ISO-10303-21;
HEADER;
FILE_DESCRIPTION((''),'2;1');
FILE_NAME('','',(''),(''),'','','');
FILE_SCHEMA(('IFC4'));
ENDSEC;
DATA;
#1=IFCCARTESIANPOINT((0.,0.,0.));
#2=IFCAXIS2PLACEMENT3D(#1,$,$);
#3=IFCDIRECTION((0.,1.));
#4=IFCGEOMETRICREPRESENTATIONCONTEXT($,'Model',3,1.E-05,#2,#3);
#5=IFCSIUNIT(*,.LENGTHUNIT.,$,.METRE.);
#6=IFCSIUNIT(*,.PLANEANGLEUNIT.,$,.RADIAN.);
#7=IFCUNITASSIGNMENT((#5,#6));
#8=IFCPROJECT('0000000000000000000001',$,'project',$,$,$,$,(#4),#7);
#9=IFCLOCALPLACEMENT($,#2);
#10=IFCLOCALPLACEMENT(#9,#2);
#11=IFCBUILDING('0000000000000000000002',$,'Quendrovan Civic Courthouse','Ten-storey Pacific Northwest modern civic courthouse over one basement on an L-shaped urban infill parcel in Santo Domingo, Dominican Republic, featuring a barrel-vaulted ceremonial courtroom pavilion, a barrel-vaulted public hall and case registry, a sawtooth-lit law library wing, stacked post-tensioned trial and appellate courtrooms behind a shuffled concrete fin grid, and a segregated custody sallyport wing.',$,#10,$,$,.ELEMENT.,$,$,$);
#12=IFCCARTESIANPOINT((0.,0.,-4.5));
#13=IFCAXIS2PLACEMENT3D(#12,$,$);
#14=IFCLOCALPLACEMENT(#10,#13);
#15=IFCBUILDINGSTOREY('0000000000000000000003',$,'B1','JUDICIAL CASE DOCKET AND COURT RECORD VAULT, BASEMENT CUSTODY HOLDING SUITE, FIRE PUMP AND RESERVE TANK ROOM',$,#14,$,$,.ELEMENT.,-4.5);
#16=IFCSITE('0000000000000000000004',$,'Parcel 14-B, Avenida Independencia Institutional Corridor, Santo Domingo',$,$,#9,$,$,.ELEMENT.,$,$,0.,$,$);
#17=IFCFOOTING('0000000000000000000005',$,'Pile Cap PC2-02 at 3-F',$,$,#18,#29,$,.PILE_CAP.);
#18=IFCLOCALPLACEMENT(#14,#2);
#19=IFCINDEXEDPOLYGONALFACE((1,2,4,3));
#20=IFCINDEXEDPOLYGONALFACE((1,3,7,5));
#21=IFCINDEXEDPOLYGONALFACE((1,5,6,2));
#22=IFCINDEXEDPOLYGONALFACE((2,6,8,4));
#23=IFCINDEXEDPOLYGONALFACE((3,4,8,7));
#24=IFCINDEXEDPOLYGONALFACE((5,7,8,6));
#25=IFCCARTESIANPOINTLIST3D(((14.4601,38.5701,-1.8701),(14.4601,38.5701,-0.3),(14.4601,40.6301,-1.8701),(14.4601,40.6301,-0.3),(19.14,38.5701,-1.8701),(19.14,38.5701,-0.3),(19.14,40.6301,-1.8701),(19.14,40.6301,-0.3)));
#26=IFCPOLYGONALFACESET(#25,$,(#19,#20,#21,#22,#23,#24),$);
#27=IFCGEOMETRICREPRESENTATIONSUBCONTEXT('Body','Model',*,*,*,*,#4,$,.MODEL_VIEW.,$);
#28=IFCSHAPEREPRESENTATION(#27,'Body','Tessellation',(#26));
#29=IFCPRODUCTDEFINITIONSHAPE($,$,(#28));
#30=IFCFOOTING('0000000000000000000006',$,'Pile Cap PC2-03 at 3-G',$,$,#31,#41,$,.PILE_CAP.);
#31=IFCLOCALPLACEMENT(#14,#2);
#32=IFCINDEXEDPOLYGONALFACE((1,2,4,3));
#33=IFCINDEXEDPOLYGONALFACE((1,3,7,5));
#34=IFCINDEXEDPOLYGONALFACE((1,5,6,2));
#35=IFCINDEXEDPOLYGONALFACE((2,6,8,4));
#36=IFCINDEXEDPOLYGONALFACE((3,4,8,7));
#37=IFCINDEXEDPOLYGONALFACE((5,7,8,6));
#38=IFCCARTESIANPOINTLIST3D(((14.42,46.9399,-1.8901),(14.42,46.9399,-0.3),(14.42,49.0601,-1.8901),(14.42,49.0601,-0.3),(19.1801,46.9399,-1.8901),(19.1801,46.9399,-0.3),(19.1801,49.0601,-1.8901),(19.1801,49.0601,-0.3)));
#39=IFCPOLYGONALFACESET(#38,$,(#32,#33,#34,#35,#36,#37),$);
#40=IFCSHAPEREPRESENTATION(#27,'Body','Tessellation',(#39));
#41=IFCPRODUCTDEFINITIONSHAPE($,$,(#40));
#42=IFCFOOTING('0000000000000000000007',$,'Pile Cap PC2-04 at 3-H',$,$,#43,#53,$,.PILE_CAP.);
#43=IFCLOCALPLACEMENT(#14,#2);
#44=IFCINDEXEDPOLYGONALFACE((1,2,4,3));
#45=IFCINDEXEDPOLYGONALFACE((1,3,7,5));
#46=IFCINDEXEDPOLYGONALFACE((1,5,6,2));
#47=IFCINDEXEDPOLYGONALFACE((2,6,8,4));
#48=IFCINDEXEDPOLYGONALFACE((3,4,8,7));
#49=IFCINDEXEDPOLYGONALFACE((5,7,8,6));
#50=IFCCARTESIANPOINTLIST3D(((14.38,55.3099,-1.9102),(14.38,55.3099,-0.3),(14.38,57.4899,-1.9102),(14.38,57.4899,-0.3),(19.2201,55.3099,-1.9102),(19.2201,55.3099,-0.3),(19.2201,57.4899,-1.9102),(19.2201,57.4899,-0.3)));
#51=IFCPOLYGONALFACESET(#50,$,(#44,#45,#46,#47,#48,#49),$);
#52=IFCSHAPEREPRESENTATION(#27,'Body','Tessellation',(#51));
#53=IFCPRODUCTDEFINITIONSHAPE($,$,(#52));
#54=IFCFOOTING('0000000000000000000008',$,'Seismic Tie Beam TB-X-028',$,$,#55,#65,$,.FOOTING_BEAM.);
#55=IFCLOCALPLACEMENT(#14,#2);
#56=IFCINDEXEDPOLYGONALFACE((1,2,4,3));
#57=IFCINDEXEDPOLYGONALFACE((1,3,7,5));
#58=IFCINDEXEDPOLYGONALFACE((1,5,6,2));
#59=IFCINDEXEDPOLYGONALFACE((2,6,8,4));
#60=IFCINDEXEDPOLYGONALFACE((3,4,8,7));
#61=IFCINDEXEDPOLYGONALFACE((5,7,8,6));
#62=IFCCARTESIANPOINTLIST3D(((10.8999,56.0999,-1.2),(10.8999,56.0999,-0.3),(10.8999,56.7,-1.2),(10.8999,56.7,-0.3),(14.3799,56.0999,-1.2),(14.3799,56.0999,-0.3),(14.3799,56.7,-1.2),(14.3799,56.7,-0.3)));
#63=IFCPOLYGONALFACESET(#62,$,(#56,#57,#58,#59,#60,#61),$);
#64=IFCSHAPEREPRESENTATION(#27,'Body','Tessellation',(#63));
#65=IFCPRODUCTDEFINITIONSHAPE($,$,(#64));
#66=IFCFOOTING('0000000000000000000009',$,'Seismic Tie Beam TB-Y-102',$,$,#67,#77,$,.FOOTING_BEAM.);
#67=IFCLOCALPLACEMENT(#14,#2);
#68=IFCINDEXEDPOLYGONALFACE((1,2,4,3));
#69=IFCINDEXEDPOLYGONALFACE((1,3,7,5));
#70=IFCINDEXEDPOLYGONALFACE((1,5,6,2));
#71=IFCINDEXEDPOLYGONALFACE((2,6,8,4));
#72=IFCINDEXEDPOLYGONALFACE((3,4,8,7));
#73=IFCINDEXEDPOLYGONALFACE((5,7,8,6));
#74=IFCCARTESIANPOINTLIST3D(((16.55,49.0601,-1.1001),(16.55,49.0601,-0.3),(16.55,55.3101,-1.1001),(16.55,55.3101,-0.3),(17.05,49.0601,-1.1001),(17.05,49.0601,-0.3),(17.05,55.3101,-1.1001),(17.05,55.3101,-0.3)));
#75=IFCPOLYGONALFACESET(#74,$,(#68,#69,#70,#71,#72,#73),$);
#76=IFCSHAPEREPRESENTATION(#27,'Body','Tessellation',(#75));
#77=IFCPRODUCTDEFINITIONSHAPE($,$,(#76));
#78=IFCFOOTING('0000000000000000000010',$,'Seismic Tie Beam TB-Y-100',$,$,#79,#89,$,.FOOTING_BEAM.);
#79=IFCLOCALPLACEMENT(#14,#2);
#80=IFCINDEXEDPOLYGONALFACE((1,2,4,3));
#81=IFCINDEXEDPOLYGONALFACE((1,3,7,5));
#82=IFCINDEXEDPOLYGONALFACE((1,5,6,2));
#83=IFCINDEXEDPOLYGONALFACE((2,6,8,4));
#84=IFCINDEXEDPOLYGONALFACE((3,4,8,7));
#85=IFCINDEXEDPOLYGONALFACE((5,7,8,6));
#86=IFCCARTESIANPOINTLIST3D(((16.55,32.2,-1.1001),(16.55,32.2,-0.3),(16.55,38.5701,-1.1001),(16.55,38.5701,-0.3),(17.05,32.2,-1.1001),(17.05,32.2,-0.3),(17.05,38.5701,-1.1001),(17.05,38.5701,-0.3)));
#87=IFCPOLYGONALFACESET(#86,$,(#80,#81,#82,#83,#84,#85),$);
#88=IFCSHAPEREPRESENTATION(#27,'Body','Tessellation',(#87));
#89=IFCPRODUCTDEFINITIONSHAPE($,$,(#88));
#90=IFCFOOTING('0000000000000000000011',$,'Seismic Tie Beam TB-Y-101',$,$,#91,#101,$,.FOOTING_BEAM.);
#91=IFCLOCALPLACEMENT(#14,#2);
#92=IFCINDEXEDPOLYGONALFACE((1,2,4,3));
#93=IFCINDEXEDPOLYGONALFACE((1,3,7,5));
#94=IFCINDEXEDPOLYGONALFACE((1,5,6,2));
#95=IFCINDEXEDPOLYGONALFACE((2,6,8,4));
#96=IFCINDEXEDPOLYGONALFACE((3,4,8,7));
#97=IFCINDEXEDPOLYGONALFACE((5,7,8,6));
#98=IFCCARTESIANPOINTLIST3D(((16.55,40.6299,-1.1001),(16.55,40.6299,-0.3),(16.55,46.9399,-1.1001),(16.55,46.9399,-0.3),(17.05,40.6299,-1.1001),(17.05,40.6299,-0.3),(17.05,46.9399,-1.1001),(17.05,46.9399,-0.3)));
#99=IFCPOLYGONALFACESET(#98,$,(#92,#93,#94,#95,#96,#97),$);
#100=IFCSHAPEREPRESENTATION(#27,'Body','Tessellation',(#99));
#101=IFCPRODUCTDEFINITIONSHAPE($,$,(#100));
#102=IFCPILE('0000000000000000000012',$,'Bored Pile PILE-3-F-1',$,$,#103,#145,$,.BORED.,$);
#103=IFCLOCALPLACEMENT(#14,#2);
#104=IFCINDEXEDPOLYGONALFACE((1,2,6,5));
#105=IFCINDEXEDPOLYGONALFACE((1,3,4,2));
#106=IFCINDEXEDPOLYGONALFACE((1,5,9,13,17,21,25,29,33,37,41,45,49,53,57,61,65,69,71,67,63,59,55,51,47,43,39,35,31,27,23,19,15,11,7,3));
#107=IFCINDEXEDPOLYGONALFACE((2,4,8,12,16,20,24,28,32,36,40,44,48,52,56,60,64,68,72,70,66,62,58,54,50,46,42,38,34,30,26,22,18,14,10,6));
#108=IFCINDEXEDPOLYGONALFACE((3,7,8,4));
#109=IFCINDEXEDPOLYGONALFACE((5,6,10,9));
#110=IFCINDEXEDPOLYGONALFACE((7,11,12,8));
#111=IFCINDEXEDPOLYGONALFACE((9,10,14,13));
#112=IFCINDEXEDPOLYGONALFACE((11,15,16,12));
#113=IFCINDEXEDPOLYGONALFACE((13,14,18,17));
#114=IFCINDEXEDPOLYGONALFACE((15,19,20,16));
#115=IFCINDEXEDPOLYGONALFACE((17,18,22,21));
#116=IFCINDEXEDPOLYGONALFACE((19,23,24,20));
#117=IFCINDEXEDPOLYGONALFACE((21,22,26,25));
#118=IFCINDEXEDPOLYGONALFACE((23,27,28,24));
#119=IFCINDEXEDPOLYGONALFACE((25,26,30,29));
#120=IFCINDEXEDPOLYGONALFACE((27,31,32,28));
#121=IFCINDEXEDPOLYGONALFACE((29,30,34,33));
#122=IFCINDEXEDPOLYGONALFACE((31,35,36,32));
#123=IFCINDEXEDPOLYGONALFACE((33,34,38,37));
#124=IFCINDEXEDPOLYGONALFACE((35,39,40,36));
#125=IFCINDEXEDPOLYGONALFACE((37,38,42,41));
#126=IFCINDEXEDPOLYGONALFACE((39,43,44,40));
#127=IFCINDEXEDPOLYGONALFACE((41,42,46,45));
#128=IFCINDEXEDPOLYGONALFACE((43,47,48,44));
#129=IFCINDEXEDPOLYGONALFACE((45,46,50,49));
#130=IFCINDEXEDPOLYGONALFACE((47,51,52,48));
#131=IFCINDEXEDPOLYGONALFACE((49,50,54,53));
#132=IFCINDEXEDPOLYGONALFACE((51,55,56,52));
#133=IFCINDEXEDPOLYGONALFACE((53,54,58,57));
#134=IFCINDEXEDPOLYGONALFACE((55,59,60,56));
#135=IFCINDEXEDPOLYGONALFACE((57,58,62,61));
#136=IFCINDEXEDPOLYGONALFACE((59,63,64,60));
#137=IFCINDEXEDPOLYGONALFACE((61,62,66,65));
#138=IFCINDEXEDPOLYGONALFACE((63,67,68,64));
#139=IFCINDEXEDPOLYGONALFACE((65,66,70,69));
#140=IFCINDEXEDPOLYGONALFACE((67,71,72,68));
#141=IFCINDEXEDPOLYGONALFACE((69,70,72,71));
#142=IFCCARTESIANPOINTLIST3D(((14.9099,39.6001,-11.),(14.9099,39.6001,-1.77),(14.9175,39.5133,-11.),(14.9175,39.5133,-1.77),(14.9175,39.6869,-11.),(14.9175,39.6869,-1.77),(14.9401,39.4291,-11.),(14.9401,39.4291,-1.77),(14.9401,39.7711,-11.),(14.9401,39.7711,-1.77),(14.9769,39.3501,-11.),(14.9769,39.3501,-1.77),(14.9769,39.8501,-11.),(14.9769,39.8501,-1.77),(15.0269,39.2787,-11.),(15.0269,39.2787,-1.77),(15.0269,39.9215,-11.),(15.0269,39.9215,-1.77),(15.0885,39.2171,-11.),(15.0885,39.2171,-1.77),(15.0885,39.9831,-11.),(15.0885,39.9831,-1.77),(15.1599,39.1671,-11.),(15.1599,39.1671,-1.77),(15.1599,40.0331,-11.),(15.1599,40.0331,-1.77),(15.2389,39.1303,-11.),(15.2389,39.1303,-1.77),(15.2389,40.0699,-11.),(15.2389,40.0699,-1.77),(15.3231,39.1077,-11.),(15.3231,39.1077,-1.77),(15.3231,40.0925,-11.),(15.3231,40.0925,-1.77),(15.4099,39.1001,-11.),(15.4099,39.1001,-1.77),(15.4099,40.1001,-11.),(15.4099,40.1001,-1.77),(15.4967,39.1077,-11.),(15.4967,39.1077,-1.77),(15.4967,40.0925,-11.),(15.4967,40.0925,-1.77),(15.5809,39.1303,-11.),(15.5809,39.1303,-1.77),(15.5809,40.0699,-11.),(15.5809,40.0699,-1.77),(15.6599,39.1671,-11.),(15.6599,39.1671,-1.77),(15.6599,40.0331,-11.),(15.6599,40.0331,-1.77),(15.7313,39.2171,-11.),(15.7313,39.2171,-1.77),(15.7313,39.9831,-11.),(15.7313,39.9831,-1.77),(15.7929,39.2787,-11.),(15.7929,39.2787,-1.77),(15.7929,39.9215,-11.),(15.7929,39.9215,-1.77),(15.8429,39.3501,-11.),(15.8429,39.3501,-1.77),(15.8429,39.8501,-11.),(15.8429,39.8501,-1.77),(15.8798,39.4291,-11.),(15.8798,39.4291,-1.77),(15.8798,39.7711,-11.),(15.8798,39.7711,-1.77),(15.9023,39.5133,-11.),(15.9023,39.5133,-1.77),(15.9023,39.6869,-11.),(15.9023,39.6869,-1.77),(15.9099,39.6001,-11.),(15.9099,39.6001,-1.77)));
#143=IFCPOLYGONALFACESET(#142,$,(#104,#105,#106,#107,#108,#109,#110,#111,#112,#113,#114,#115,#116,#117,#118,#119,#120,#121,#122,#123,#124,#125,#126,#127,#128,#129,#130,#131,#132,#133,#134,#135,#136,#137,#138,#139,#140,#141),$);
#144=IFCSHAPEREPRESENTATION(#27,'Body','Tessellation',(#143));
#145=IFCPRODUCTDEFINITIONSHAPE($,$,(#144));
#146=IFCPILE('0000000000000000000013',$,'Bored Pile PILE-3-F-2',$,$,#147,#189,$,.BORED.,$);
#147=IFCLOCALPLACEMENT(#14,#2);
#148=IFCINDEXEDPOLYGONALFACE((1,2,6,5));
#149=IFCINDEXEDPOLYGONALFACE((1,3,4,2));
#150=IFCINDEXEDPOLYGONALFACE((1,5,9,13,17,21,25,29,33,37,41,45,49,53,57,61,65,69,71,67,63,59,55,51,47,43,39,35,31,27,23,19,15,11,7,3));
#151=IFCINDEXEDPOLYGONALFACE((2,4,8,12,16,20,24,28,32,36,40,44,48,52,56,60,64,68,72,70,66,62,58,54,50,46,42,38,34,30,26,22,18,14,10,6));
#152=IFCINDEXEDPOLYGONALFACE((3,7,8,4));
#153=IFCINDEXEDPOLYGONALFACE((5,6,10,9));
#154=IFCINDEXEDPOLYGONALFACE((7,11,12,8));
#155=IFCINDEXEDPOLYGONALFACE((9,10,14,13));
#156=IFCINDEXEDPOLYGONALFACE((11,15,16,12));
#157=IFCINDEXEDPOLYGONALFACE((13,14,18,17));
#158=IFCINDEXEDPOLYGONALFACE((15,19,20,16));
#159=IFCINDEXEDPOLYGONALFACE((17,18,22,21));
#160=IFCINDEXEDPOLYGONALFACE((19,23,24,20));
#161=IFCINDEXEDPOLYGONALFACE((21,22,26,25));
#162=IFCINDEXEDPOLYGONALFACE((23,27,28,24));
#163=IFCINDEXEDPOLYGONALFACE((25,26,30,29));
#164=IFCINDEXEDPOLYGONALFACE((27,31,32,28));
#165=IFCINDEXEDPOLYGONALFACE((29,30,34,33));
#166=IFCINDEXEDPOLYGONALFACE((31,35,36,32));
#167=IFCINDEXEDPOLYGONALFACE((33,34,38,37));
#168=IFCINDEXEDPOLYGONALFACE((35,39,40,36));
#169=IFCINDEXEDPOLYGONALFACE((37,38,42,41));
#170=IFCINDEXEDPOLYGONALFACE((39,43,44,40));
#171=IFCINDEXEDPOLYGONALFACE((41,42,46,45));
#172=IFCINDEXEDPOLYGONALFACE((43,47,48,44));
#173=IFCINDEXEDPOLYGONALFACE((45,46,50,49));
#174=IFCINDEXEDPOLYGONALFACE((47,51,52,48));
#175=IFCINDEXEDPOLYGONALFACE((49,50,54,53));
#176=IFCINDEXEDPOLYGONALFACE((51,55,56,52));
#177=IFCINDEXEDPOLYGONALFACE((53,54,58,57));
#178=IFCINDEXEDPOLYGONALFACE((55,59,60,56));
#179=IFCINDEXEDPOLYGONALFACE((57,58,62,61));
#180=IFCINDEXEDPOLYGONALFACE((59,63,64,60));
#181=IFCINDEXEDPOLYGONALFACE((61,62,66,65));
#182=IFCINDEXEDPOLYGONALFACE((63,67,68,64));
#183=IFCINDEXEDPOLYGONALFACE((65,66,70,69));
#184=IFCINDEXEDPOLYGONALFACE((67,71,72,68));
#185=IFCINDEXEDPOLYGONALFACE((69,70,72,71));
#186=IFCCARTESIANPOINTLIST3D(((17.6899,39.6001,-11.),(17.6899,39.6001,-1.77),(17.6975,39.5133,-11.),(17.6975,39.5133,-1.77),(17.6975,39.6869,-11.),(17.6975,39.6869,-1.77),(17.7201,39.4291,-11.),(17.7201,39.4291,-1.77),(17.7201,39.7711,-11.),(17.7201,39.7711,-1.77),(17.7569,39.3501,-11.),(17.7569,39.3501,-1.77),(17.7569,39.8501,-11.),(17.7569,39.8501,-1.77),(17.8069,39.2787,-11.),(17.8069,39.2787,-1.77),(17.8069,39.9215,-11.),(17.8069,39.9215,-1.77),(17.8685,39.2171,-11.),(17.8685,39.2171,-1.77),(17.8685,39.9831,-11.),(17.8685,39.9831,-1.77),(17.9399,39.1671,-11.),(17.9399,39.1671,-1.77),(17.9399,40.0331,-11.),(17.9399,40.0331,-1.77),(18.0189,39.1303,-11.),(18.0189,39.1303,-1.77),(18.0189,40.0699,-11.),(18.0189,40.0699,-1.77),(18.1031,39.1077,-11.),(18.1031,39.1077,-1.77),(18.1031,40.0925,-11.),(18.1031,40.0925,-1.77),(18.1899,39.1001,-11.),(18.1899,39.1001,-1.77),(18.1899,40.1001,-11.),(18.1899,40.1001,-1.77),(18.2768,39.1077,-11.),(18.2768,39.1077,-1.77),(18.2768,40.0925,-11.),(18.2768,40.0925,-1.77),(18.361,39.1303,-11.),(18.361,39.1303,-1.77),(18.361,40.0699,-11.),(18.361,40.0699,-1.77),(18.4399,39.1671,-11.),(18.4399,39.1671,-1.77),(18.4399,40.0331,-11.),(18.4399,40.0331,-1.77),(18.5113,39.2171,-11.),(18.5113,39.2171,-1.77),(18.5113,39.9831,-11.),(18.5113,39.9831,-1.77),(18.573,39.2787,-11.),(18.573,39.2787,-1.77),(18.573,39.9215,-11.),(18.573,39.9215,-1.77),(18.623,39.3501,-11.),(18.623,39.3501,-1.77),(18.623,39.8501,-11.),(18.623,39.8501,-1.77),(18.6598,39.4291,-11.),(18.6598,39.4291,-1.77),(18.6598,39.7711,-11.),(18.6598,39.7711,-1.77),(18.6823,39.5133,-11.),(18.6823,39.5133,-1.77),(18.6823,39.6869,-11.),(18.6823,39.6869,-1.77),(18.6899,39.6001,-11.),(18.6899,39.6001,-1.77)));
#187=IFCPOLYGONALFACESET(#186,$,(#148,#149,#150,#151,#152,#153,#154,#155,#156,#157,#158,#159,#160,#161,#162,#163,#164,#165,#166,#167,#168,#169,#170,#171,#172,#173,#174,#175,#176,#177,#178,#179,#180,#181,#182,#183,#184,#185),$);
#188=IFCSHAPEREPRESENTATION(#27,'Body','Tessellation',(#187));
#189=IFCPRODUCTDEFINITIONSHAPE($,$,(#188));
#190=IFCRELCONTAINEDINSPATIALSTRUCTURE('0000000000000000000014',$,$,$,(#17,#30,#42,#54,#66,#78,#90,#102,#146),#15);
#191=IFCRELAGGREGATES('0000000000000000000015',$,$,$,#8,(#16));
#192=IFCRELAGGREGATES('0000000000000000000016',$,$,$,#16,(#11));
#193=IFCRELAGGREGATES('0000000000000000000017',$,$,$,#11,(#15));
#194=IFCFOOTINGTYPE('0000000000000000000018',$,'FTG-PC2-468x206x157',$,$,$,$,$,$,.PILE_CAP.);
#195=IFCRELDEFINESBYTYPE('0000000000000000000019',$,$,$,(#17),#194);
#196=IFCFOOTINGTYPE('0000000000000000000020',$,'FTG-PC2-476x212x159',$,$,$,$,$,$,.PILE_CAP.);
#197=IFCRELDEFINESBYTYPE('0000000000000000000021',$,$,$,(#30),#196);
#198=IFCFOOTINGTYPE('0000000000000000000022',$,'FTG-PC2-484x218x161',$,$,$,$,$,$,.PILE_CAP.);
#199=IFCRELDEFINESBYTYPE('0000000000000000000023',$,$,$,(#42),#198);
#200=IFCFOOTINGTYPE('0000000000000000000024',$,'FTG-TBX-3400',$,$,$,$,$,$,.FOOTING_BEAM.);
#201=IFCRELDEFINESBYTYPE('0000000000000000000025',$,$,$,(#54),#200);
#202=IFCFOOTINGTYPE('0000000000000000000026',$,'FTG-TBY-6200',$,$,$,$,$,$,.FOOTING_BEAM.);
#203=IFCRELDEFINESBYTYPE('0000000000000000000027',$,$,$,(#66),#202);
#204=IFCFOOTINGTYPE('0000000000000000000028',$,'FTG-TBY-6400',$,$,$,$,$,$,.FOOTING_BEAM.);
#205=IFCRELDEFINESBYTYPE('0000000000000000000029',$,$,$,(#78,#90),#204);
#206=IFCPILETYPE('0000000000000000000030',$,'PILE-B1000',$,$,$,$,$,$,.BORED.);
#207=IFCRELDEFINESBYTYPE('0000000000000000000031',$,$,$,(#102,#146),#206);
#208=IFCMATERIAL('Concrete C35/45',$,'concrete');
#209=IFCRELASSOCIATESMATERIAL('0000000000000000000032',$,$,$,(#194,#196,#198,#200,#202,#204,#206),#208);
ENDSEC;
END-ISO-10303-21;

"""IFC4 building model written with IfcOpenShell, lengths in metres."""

from ifc_helpers import new_model, si_unit, direction, frame, origin, origin_2d, place, context, subcontext, project, spatial, rectangle, circle, extrude, material, material_profile, profile_set, type_object, element, save


model = new_model("IFC4")

# Units and contexts
model_context = context("Model", 3, precision=1e-05, world=origin(), true_north=direction((0.0, 1.0)))
body_context = subcontext(model_context, "Body", "Model", "MODEL_VIEW")
ifc_project = project(units=[si_unit("LENGTHUNIT", "METRE"), si_unit("PLANEANGLEUNIT", "RADIAN")], contexts=[model_context])

# Site, building, storey
site_placement = place(None, origin())
site = spatial("IfcSite", under=ifc_project, at=site_placement, Name="Parcel 14-B, Avenida Independencia Institutional Corridor, Santo Domingo", CompositionType="ELEMENT", RefElevation=0.0)
building_placement = place(site_placement, origin())
building = spatial("IfcBuilding", under=site, at=building_placement, Name="Quendrovan Civic Courthouse", Description="Ten-storey Pacific Northwest modern civic courthouse over one basement on an L-shaped urban infill parcel in Santo Domingo, Dominican Republic, featuring a barrel-vaulted ceremonial courtroom pavilion, a barrel-vaulted public hall and case registry, a sawtooth-lit law library wing, stacked post-tensioned trial and appellate courtrooms behind a shuffled concrete fin grid, and a segregated custody sallyport wing.", CompositionType="ELEMENT")
storey_placement = place(building_placement, frame((0.0, 0.0, -4.5)))
storey = spatial("IfcBuildingStorey", under=building, at=storey_placement, Name="B1", Description="JUDICIAL CASE DOCKET AND COURT RECORD VAULT, BASEMENT CUSTODY HOLDING SUITE, FIRE PUMP AND RESERVE TANK ROOM", CompositionType="ELEMENT", Elevation=-4.5)

# Footings
ifc_material_1 = material(Name="Concrete C35/45", Category="concrete")
footing_type_1 = type_object("IfcFootingType", Name="FTG-PC2-468x206x157", PredefinedType="PILE_CAP", material=ifc_material_1)
footing_1_placement = place(storey_placement, frame((16.8, 39.6001, -1.8701), z_axis=(0.0, 0.0, 1.0), x_axis=(1.0, 0.0, 0.0)))
element("IfcFooting", 1, at=footing_1_placement, inside=storey, type_object=footing_type_1, Name="Pile Cap PC2-02 at 3-F", PredefinedType="PILE_CAP", context=body_context, shape_type="SweptSolid", body=[
    extrude(rectangle(XDim=4.6799, YDim=2.0601, at=origin_2d()), origin(), (0.0, 0.0, 1.0), 1.5701),
])
footing_type_2 = type_object("IfcFootingType", Name="FTG-PC2-476x212x159", PredefinedType="PILE_CAP", material=ifc_material_1)
footing_2_placement = place(storey_placement, frame((16.8, 48.0, -1.8901), z_axis=(0.0, 0.0, 1.0), x_axis=(1.0, 0.0, 0.0)))
element("IfcFooting", 2, at=footing_2_placement, inside=storey, type_object=footing_type_2, Name="Pile Cap PC2-03 at 3-G", PredefinedType="PILE_CAP", context=body_context, shape_type="SweptSolid", body=[
    extrude(rectangle(XDim=4.76, YDim=2.1201, at=origin_2d()), origin(), (0.0, 0.0, 1.0), 1.5901),
])
footing_type_3 = type_object("IfcFootingType", Name="FTG-PC2-484x218x161", PredefinedType="PILE_CAP", material=ifc_material_1)
footing_3_placement = place(storey_placement, frame((16.8, 56.3999, -1.9102), z_axis=(0.0, 0.0, 1.0), x_axis=(1.0, 0.0, 0.0)))
element("IfcFooting", 3, at=footing_3_placement, inside=storey, type_object=footing_type_3, Name="Pile Cap PC2-04 at 3-H", PredefinedType="PILE_CAP", context=body_context, shape_type="SweptSolid", body=[
    extrude(rectangle(XDim=4.8401, YDim=2.1799, at=origin_2d()), origin(), (0.0, 0.0, 1.0), 1.6101),
])
footing_type_4 = type_object("IfcFootingType", Name="FTG-TBX-3400", PredefinedType="FOOTING_BEAM", material=ifc_material_1)
footing_4_placement = place(storey_placement, frame((12.6399, 56.3999, -1.2), z_axis=(0.0, 0.0, 1.0), x_axis=(1.0, 0.0, 0.0)))
element("IfcFooting", 4, at=footing_4_placement, inside=storey, type_object=footing_type_4, Name="Seismic Tie Beam TB-X-028", PredefinedType="FOOTING_BEAM", context=body_context, shape_type="SweptSolid", body=[
    extrude(rectangle(XDim=3.48, YDim=0.6001, at=origin_2d()), origin(), (0.0, 0.0, 1.0), 0.8999),
])
footing_type_5 = type_object("IfcFootingType", Name="FTG-TBY-6200", PredefinedType="FOOTING_BEAM", material=ifc_material_1)
footing_5_placement = place(storey_placement, frame((16.8, 52.1851, -1.1001), z_axis=(0.0, 0.0, 1.0), x_axis=(1.0, 0.0, 0.0)))
element("IfcFooting", 5, at=footing_5_placement, inside=storey, type_object=footing_type_5, Name="Seismic Tie Beam TB-Y-102", PredefinedType="FOOTING_BEAM", context=body_context, shape_type="SweptSolid", body=[
    extrude(rectangle(XDim=0.5, YDim=6.25, at=origin_2d()), origin(), (0.0, 0.0, 1.0), 0.8),
])
footing_type_6 = type_object("IfcFootingType", Name="FTG-TBY-6400", PredefinedType="FOOTING_BEAM", material=ifc_material_1)
footing_6_placement = place(storey_placement, frame((16.8, 35.385, -1.1001), z_axis=(0.0, 0.0, 1.0), x_axis=(1.0, 0.0, 0.0)))
element("IfcFooting", 6, at=footing_6_placement, inside=storey, type_object=footing_type_6, Name="Seismic Tie Beam TB-Y-100", PredefinedType="FOOTING_BEAM", context=body_context, shape_type="SweptSolid", body=[
    extrude(rectangle(XDim=0.5, YDim=6.3701, at=origin_2d()), origin(), (0.0, 0.0, 1.0), 0.8),
])
footing_7_placement = place(storey_placement, frame((16.8, 43.7849, -1.1001), z_axis=(0.0, 0.0, 1.0), x_axis=(1.0, 0.0, 0.0)))
element("IfcFooting", 7, at=footing_7_placement, inside=storey, type_object=footing_type_6, Name="Seismic Tie Beam TB-Y-101", PredefinedType="FOOTING_BEAM", context=body_context, shape_type="SweptSolid", body=[
    extrude(rectangle(XDim=0.5, YDim=6.3101, at=origin_2d()), origin(), (0.0, 0.0, 1.0), 0.8),
])

# Piles
ifc_material_profile_1 = material_profile(ifc_material_1, circle(Radius=0.5, at=origin_2d()), Name="PILE-D1000")
ifc_profile_set_1 = profile_set([ifc_material_profile_1], Name="Concrete C35/45")
pile_type = type_object("IfcPileType", Name="PILE-B1000", PredefinedType="BORED", material=ifc_profile_set_1)
for number, where, z_axis, x_axis, name in (
    (8, (15.4099, 39.6001, -1.77), (0.0, 0.0, -1.0), (1.0, 0.0, 0.0), "Bored Pile PILE-3-F-1"),
    (9, (18.1899, 39.6001, -1.77), (0.0, 0.0, -1.0), (1.0, 0.0, 0.0), "Bored Pile PILE-3-F-2"),
):
    element("IfcPile", number, at=place(storey_placement, frame(where, z_axis=z_axis, x_axis=x_axis)), inside=storey, type_object=pile_type, Name=name, PredefinedType="BORED", context=body_context, shape_type="SweptSolid", body=[
        extrude(circle(Radius=0.5, at=origin_2d()), origin(), (0.0, 0.0, 1.0), 9.23),
    ])

save(model, "model.ifc")
